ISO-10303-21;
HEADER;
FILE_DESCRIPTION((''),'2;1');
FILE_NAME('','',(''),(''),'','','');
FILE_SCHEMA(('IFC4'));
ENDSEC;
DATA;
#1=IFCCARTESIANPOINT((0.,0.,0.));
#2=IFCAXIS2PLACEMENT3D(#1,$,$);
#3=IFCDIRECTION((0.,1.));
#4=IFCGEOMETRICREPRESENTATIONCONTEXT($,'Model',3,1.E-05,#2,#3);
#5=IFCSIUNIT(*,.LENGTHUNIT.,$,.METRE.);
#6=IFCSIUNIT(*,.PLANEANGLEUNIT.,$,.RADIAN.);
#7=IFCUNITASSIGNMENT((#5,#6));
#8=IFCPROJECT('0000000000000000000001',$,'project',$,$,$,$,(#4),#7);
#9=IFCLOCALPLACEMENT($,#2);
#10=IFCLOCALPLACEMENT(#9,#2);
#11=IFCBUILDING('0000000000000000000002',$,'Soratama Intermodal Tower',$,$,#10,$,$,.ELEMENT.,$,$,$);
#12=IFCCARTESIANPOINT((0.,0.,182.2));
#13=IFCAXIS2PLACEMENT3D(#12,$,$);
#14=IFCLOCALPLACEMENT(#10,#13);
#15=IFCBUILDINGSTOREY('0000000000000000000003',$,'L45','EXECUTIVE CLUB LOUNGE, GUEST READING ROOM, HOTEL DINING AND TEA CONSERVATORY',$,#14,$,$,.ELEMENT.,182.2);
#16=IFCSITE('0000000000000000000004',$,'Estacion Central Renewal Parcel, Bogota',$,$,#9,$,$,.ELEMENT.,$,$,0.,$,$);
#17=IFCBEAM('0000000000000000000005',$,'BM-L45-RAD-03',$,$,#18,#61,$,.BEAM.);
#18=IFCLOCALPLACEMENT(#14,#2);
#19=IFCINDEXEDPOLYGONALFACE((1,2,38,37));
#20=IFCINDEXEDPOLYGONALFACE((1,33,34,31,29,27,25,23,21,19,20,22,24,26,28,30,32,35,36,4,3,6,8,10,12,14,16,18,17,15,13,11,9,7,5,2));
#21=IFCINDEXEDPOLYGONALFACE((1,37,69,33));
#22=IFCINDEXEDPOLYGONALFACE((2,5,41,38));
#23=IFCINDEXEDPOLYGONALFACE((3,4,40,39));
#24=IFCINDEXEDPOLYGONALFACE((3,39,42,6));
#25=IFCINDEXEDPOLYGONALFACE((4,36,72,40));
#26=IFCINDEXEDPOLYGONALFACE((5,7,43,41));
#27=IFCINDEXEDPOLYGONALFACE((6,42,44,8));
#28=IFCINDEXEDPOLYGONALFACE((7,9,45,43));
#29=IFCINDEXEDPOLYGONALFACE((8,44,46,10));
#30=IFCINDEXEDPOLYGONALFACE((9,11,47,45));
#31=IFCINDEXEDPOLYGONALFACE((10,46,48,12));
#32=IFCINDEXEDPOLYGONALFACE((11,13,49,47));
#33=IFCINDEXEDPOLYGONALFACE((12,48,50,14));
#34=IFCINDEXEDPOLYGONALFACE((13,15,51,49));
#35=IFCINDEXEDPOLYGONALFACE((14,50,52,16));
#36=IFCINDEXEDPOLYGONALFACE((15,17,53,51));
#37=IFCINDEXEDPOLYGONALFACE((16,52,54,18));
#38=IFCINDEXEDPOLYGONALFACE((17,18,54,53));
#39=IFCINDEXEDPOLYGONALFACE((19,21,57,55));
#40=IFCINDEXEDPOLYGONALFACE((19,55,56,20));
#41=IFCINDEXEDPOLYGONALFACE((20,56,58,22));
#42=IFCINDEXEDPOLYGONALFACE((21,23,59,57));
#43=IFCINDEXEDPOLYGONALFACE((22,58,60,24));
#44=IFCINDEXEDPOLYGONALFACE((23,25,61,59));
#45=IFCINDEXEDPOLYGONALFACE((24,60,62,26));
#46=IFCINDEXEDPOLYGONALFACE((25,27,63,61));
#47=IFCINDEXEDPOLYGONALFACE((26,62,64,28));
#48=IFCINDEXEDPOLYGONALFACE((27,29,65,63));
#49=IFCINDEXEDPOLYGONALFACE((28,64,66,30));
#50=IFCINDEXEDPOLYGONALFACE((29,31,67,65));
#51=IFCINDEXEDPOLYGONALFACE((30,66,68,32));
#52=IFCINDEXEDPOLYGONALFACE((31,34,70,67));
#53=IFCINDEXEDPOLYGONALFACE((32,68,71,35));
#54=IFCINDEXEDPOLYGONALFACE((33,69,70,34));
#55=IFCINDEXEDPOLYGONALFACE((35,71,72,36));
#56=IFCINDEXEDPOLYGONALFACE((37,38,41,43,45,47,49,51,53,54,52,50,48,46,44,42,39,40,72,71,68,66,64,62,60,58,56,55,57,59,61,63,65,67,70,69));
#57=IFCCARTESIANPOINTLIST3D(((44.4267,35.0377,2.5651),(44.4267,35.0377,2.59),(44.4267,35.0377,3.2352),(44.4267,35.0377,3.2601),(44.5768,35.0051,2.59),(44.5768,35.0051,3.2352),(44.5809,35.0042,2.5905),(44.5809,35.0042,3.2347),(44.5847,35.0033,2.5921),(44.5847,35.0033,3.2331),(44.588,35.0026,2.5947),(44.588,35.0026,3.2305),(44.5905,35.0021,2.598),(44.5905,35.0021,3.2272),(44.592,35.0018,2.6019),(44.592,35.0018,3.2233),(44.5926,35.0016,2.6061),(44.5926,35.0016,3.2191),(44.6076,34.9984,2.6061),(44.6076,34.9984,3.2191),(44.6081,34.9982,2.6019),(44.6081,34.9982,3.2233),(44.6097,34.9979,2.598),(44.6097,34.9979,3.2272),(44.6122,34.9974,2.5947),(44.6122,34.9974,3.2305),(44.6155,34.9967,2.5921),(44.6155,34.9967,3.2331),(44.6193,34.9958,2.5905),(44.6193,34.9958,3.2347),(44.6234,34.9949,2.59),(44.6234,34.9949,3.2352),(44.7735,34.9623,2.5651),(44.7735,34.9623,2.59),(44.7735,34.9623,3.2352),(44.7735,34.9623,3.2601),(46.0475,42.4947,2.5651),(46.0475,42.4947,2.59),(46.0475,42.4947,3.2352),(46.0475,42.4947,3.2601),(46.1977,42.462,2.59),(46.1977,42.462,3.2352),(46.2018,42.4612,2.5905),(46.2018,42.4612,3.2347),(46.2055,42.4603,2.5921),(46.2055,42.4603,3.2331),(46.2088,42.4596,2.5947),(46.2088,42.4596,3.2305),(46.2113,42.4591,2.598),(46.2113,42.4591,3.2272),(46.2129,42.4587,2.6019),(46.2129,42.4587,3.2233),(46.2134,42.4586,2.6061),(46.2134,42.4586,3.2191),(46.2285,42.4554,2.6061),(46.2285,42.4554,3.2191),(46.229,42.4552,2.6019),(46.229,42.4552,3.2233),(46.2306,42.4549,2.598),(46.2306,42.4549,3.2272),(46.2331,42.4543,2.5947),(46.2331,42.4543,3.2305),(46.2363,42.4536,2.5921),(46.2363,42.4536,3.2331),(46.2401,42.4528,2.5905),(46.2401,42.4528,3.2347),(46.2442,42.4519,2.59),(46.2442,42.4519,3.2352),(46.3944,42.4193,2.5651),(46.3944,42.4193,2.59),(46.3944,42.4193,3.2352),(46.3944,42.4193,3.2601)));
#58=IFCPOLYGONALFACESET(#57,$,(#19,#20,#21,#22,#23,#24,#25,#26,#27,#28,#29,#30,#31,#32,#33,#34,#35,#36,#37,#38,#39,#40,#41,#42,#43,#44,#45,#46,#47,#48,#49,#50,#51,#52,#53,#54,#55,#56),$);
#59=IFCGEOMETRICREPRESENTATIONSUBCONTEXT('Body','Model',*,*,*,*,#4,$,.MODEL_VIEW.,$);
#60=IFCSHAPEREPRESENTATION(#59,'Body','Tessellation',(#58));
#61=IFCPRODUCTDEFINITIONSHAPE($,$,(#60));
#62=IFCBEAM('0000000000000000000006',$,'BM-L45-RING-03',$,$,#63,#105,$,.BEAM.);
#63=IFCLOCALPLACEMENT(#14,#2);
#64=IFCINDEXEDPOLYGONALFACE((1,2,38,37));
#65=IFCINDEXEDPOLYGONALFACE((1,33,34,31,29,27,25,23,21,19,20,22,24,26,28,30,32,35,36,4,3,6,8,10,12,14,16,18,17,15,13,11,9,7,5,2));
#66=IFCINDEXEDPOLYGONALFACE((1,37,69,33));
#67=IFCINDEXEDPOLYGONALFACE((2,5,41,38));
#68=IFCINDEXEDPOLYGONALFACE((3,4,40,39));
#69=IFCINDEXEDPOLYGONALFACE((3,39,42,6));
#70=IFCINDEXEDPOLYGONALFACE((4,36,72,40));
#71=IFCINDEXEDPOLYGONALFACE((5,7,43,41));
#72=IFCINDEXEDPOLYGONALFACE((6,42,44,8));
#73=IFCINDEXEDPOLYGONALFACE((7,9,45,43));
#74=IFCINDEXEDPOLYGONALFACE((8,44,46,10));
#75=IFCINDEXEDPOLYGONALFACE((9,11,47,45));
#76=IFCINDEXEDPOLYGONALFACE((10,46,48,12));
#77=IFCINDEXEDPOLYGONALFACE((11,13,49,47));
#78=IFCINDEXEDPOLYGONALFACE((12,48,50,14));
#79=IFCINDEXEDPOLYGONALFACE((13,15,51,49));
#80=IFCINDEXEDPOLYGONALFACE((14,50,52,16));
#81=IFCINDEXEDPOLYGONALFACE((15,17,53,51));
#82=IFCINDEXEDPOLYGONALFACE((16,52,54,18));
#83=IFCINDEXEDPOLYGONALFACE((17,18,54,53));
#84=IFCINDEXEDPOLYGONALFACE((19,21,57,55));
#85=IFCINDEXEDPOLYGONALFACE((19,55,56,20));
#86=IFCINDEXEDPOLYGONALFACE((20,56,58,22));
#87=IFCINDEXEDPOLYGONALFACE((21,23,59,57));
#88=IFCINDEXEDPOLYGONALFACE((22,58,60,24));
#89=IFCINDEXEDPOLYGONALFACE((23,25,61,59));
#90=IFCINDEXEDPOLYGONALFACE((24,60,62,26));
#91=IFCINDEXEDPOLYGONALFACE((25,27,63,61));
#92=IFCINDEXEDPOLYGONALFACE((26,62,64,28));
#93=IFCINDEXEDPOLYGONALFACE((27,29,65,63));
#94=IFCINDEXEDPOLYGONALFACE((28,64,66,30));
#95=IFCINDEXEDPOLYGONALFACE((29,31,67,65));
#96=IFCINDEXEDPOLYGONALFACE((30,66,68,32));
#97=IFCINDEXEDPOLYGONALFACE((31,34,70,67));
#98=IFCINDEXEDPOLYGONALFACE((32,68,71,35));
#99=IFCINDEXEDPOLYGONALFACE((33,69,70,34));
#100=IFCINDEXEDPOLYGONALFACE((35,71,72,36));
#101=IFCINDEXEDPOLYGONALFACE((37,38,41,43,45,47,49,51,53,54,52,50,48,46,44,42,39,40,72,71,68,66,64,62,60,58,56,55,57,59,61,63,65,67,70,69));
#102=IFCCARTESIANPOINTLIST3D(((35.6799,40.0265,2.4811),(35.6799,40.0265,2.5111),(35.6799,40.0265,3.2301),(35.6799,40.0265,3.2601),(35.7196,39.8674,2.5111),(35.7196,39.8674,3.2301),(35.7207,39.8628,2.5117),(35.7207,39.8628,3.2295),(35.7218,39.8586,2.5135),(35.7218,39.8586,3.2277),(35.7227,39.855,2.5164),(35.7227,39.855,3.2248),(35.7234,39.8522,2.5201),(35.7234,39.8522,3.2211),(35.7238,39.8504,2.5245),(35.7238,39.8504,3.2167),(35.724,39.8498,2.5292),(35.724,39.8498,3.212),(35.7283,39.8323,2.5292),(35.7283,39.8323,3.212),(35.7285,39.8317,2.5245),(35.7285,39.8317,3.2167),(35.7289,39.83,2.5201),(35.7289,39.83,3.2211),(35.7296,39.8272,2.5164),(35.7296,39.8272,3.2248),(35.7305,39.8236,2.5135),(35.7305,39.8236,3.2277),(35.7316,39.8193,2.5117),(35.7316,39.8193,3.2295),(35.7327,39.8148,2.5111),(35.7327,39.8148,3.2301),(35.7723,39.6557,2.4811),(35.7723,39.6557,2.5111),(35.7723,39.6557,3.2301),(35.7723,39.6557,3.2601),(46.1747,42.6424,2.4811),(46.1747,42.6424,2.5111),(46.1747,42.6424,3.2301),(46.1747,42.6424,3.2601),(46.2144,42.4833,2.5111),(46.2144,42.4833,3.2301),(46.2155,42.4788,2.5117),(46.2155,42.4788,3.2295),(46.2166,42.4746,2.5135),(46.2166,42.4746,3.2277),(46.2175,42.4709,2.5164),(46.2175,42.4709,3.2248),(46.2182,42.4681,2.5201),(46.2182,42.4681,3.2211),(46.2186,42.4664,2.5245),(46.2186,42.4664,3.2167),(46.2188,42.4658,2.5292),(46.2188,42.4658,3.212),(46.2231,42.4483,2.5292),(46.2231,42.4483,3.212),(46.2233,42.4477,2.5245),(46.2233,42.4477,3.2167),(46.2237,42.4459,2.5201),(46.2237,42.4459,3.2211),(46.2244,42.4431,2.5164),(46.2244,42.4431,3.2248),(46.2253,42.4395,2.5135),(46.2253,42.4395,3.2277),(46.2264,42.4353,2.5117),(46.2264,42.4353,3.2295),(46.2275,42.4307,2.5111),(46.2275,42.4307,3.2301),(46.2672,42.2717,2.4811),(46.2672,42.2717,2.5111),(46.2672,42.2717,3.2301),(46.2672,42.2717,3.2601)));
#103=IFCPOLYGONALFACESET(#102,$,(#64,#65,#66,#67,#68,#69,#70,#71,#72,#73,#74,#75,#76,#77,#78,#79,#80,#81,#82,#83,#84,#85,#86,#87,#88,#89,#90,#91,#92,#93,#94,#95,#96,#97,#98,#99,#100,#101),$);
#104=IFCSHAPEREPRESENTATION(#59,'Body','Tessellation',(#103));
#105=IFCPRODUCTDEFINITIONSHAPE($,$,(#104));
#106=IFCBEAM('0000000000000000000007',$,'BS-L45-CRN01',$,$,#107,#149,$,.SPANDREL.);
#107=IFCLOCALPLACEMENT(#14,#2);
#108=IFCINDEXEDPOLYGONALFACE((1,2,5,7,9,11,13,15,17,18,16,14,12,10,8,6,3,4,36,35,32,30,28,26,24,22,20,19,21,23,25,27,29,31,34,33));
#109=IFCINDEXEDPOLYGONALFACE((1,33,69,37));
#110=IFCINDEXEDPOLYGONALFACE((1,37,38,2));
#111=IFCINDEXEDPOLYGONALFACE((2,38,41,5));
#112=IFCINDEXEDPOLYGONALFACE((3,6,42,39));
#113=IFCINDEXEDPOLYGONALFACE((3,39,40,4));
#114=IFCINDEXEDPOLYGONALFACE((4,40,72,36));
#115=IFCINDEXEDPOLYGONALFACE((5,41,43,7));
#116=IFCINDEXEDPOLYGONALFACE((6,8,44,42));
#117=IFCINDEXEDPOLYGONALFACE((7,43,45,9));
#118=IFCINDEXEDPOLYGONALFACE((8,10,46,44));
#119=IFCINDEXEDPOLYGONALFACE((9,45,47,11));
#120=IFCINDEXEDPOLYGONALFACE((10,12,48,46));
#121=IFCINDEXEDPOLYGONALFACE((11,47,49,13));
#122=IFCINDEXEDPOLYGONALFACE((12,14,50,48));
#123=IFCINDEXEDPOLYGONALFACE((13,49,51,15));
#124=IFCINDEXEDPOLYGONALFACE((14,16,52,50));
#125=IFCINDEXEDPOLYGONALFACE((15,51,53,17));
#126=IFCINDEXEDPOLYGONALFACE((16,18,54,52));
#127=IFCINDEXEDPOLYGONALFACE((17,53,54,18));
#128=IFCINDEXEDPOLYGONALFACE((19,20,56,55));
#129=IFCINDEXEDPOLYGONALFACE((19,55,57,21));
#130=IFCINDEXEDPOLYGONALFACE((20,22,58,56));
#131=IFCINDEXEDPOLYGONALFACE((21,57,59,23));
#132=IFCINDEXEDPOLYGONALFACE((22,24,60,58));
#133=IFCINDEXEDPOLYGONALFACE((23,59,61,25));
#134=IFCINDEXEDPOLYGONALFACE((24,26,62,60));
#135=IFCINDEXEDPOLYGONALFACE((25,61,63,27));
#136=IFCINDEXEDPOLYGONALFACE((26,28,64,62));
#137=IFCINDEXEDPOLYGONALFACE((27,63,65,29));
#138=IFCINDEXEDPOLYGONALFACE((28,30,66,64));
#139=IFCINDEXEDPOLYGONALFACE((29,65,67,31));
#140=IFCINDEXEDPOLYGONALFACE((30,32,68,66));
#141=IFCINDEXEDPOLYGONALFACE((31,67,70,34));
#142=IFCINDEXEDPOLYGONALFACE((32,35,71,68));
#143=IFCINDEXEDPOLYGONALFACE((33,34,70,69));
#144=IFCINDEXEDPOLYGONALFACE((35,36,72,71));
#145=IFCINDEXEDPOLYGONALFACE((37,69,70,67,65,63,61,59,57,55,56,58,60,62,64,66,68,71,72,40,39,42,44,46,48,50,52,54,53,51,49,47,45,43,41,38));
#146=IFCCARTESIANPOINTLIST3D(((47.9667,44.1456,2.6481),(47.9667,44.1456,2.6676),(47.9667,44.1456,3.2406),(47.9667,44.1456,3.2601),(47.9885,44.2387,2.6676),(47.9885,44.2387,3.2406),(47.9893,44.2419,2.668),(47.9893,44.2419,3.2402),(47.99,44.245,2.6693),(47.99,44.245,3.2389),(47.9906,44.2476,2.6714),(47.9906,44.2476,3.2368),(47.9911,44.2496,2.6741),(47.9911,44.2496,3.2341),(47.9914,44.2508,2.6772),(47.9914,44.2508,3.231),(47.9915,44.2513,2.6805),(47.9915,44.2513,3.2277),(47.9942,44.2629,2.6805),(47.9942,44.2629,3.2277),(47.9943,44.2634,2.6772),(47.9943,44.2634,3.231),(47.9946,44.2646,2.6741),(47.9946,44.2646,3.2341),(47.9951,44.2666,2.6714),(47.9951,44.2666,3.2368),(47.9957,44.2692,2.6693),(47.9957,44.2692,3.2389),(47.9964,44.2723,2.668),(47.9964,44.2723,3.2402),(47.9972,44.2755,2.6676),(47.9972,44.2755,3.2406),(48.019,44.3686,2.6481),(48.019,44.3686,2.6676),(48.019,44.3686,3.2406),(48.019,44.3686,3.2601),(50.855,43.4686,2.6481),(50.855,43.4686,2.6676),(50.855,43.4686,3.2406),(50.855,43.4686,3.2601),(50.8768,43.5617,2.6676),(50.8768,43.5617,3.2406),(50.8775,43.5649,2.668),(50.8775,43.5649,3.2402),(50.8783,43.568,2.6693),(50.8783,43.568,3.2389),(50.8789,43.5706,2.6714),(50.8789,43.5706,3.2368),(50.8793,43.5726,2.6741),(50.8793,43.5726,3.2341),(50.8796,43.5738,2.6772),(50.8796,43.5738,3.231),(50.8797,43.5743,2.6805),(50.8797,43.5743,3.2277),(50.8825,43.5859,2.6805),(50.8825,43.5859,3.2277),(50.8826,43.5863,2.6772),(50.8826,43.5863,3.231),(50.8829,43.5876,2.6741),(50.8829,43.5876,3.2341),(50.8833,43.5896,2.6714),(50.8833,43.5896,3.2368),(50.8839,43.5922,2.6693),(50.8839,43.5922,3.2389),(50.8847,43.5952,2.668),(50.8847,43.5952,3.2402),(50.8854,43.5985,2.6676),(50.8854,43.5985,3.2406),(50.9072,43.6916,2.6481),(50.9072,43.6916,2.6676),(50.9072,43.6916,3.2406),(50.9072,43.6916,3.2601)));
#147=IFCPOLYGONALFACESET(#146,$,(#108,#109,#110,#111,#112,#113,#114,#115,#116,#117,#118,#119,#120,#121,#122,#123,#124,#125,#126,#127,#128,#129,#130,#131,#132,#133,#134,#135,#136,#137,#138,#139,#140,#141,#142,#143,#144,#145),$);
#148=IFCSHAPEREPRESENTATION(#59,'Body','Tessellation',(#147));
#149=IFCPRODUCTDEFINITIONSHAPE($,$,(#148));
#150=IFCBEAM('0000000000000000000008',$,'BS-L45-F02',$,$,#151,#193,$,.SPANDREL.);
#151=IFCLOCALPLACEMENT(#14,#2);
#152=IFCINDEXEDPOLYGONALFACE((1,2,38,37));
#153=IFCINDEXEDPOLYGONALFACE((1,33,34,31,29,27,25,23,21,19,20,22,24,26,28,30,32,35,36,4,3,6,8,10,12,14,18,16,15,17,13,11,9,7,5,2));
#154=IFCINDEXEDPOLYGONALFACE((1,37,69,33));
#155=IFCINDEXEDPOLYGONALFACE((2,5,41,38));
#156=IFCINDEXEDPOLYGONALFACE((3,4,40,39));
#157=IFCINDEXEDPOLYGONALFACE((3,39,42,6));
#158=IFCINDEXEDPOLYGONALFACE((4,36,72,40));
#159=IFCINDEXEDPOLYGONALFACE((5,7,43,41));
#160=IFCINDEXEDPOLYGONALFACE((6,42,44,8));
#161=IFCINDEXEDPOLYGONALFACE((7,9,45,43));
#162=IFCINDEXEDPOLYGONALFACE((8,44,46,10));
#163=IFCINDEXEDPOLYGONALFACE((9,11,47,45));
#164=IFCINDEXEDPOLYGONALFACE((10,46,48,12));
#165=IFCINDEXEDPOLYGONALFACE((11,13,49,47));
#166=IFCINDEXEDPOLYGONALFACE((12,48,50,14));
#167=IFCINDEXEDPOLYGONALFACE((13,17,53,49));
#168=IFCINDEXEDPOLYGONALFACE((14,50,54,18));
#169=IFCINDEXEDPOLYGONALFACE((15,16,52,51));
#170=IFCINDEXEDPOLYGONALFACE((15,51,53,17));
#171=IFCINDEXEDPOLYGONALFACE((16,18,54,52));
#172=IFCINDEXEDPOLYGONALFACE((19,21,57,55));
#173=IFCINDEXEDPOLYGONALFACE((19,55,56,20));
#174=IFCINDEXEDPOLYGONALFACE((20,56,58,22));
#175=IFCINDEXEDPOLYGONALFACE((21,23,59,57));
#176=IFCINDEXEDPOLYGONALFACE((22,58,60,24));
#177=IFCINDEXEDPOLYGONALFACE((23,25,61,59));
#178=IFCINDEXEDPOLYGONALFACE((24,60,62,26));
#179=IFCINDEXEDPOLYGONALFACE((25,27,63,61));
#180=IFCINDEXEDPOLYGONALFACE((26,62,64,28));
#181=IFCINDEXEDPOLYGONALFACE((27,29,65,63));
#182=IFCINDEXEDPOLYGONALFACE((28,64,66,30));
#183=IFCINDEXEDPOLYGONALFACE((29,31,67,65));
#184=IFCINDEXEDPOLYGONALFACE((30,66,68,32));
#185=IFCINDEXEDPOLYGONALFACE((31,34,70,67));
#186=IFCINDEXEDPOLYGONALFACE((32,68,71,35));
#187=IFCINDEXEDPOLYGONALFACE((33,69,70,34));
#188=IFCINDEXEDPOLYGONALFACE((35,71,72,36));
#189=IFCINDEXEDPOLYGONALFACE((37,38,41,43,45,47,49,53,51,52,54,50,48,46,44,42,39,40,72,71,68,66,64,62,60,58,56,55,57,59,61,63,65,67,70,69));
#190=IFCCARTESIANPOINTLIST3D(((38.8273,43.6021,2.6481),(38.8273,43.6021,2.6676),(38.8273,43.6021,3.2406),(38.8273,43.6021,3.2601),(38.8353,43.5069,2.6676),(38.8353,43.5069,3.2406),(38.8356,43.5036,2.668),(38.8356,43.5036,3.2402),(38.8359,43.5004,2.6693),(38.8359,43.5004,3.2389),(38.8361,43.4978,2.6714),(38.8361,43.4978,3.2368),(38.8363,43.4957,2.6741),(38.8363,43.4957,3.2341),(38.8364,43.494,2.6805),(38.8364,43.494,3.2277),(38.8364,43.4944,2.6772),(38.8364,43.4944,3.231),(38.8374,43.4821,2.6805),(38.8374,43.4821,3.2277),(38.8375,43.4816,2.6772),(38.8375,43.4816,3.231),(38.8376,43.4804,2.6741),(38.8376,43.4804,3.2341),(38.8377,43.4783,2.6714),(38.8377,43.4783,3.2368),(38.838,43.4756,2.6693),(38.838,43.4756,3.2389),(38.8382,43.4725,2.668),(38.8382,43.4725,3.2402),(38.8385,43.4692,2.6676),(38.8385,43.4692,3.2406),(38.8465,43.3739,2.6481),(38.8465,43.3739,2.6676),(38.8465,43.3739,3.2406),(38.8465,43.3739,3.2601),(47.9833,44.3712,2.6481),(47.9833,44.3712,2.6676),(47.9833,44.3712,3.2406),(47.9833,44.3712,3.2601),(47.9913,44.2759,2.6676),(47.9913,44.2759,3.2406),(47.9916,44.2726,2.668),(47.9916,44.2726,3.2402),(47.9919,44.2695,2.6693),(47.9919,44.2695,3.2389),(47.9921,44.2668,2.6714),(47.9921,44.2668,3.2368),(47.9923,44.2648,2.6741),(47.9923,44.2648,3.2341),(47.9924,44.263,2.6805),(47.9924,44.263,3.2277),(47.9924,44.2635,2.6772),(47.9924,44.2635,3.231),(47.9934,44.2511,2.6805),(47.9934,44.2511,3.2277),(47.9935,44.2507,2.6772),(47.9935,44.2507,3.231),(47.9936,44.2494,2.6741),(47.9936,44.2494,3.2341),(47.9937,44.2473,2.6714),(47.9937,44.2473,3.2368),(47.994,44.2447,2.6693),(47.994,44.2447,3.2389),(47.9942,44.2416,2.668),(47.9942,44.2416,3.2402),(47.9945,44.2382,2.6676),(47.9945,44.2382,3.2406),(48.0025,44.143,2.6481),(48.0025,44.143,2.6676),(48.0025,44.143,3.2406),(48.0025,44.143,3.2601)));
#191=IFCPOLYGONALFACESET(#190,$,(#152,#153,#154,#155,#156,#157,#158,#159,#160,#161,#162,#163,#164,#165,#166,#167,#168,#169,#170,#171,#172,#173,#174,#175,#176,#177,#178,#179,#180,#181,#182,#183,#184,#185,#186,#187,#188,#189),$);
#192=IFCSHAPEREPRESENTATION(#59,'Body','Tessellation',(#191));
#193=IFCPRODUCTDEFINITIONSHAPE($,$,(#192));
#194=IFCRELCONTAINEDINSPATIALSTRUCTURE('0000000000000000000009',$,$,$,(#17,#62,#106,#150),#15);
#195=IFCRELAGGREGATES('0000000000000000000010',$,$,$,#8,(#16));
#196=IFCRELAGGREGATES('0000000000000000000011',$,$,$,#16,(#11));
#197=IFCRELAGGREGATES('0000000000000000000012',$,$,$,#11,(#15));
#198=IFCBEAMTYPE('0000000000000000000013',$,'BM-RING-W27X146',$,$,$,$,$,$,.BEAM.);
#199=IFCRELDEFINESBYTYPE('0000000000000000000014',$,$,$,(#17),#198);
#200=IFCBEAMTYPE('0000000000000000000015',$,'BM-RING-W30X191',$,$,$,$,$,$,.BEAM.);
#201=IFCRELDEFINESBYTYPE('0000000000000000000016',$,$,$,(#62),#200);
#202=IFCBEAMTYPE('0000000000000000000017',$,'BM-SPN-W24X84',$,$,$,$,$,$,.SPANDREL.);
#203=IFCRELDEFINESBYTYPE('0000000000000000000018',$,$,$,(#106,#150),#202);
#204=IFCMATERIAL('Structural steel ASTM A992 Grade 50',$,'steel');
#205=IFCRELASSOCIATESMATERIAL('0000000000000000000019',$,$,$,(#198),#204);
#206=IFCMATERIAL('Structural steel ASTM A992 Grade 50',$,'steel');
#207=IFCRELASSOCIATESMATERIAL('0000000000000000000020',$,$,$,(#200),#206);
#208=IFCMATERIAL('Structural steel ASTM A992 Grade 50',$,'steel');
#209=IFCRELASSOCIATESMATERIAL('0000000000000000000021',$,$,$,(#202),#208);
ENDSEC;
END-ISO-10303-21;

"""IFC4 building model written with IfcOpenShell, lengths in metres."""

from ifc_helpers import new_model, si_unit, direction, frame, origin, origin_2d, place, context, subcontext, project, spatial, i_section, extrude, material, material_profile, profile_set, type_object, element, save


model = new_model("IFC4")

# Units and contexts
model_context = context("Model", 3, precision=1e-05, world=origin(), true_north=direction((0.0, 1.0)))
body_context = subcontext(model_context, "Body", "Model", "MODEL_VIEW")
ifc_project = project(units=[si_unit("LENGTHUNIT", "METRE"), si_unit("PLANEANGLEUNIT", "RADIAN")], contexts=[model_context])

# Site, building, storey
site_placement = place(None, origin())
site = spatial("IfcSite", under=ifc_project, at=site_placement, Name="Estacion Central Renewal Parcel, Bogota", CompositionType="ELEMENT", RefElevation=0.0)
building_placement = place(site_placement, origin())
building = spatial("IfcBuilding", under=site, at=building_placement, Name="Soratama Intermodal Tower", CompositionType="ELEMENT")
storey_placement = place(building_placement, frame((0.0, 0.0, 182.2)))
storey = spatial("IfcBuildingStorey", under=building, at=storey_placement, Name="L45", Description="EXECUTIVE CLUB LOUNGE, GUEST READING ROOM, HOTEL DINING AND TEA CONSERVATORY", CompositionType="ELEMENT", Elevation=182.2)

# Beams
ifc_material_1 = material(Name="Structural steel ASTM A992 Grade 50", Category="steel")
ifc_material_profile_1 = material_profile(ifc_material_1, i_section(OverallWidth=0.355, OverallDepth=0.6951, WebThickness=0.0154, FlangeThickness=0.0249, FilletRadius=0.0161, at=origin_2d()), Name="W27X146")
ifc_profile_set_1 = profile_set([ifc_material_profile_1], Name="Structural steel ASTM A992 Grade 50")
beam_type_1 = type_object("IfcBeamType", Name="BM-RING-W27X146", PredefinedType="BEAM", material=ifc_profile_set_1)
beam_1_placement = place(storey_placement, frame((44.6001, 35.0, 2.9126), z_axis=(0.212399, 0.977183, 0.0), x_axis=(-0.977183, 0.212399, 0.0)))
element("IfcBeam", 1, at=beam_1_placement, inside=storey, type_object=beam_type_1, Name="BM-L45-RAD-03", PredefinedType="BEAM", context=body_context, shape_type="SweptSolid", body=[
    extrude(i_section(OverallWidth=0.355, OverallDepth=0.6951, WebThickness=0.0154, FlangeThickness=0.0249, FilletRadius=0.0161, at=origin_2d()), origin(), (0.0, 0.0, 1.0), 7.6311),
])
ifc_material_2 = material(Name="Structural steel ASTM A992 Grade 50", Category="steel")
ifc_material_profile_2 = material_profile(ifc_material_2, i_section(OverallWidth=0.3821, OverallDepth=0.7791, WebThickness=0.0181, FlangeThickness=0.03, FilletRadius=0.0181, at=origin_2d()), Name="W30X191")
ifc_profile_set_2 = profile_set([ifc_material_profile_2], Name="Structural steel ASTM A992 Grade 50")
beam_type_2 = type_object("IfcBeamType", Name="BM-RING-W30X191", PredefinedType="BEAM", material=ifc_profile_set_2)
beam_2_placement = place(storey_placement, frame((46.2209, 42.457, 2.8706), z_axis=(-0.970311, -0.241861, 0.0), x_axis=(0.241861, -0.970311, 0.0)))
element("IfcBeam", 2, at=beam_2_placement, inside=storey, type_object=beam_type_2, Name="BM-L45-RING-03", PredefinedType="BEAM", context=body_context, shape_type="SweptSolid", body=[
    extrude(i_section(OverallWidth=0.3821, OverallDepth=0.7791, WebThickness=0.0181, FlangeThickness=0.03, FilletRadius=0.0181, at=origin_2d()), origin(), (0.0, 0.0, 1.0), 10.8159),
])
ifc_material_3 = material(Name="Structural steel ASTM A992 Grade 50", Category="steel")
ifc_material_profile_3 = material_profile(ifc_material_3, i_section(OverallWidth=0.229, OverallDepth=0.6121, WebThickness=0.012, FlangeThickness=0.0195, FilletRadius=0.0129, at=origin_2d()), Name="W24X84")
ifc_profile_set_3 = profile_set([ifc_material_profile_3], Name="Structural steel ASTM A992 Grade 50")
beam_type_3 = type_object("IfcBeamType", Name="BM-SPN-W24X84", PredefinedType="SPANDREL", material=ifc_profile_set_3)
beam_3_placement = place(storey_placement, frame((50.8811, 43.5801, 2.9541), z_axis=(-0.97361, 0.228218, 0.0), x_axis=(-0.228218, -0.97361, 0.0)))
element("IfcBeam", 3, at=beam_3_placement, inside=storey, type_object=beam_type_3, Name="BS-L45-CRN01", PredefinedType="SPANDREL", context=body_context, shape_type="SweptSolid", body=[
    extrude(i_section(OverallWidth=0.229, OverallDepth=0.6121, WebThickness=0.012, FlangeThickness=0.0195, FilletRadius=0.0129, at=origin_2d()), origin(), (0.0, 0.0, 1.0), 2.9666),
])
beam_4_placement = place(storey_placement, frame((47.9929, 44.2571, 2.9541), z_axis=(-0.996491, -0.083699, 0.0), x_axis=(0.083699, -0.996491, 0.0)))
element("IfcBeam", 4, at=beam_4_placement, inside=storey, type_object=beam_type_3, Name="BS-L45-F02", PredefinedType="SPANDREL", context=body_context, shape_type="SweptSolid", body=[
    extrude(i_section(OverallWidth=0.229, OverallDepth=0.6121, WebThickness=0.012, FlangeThickness=0.0195, FilletRadius=0.0129, at=origin_2d()), origin(), (0.0, 0.0, 1.0), 9.1882),
])

save(model, "model.ifc")
